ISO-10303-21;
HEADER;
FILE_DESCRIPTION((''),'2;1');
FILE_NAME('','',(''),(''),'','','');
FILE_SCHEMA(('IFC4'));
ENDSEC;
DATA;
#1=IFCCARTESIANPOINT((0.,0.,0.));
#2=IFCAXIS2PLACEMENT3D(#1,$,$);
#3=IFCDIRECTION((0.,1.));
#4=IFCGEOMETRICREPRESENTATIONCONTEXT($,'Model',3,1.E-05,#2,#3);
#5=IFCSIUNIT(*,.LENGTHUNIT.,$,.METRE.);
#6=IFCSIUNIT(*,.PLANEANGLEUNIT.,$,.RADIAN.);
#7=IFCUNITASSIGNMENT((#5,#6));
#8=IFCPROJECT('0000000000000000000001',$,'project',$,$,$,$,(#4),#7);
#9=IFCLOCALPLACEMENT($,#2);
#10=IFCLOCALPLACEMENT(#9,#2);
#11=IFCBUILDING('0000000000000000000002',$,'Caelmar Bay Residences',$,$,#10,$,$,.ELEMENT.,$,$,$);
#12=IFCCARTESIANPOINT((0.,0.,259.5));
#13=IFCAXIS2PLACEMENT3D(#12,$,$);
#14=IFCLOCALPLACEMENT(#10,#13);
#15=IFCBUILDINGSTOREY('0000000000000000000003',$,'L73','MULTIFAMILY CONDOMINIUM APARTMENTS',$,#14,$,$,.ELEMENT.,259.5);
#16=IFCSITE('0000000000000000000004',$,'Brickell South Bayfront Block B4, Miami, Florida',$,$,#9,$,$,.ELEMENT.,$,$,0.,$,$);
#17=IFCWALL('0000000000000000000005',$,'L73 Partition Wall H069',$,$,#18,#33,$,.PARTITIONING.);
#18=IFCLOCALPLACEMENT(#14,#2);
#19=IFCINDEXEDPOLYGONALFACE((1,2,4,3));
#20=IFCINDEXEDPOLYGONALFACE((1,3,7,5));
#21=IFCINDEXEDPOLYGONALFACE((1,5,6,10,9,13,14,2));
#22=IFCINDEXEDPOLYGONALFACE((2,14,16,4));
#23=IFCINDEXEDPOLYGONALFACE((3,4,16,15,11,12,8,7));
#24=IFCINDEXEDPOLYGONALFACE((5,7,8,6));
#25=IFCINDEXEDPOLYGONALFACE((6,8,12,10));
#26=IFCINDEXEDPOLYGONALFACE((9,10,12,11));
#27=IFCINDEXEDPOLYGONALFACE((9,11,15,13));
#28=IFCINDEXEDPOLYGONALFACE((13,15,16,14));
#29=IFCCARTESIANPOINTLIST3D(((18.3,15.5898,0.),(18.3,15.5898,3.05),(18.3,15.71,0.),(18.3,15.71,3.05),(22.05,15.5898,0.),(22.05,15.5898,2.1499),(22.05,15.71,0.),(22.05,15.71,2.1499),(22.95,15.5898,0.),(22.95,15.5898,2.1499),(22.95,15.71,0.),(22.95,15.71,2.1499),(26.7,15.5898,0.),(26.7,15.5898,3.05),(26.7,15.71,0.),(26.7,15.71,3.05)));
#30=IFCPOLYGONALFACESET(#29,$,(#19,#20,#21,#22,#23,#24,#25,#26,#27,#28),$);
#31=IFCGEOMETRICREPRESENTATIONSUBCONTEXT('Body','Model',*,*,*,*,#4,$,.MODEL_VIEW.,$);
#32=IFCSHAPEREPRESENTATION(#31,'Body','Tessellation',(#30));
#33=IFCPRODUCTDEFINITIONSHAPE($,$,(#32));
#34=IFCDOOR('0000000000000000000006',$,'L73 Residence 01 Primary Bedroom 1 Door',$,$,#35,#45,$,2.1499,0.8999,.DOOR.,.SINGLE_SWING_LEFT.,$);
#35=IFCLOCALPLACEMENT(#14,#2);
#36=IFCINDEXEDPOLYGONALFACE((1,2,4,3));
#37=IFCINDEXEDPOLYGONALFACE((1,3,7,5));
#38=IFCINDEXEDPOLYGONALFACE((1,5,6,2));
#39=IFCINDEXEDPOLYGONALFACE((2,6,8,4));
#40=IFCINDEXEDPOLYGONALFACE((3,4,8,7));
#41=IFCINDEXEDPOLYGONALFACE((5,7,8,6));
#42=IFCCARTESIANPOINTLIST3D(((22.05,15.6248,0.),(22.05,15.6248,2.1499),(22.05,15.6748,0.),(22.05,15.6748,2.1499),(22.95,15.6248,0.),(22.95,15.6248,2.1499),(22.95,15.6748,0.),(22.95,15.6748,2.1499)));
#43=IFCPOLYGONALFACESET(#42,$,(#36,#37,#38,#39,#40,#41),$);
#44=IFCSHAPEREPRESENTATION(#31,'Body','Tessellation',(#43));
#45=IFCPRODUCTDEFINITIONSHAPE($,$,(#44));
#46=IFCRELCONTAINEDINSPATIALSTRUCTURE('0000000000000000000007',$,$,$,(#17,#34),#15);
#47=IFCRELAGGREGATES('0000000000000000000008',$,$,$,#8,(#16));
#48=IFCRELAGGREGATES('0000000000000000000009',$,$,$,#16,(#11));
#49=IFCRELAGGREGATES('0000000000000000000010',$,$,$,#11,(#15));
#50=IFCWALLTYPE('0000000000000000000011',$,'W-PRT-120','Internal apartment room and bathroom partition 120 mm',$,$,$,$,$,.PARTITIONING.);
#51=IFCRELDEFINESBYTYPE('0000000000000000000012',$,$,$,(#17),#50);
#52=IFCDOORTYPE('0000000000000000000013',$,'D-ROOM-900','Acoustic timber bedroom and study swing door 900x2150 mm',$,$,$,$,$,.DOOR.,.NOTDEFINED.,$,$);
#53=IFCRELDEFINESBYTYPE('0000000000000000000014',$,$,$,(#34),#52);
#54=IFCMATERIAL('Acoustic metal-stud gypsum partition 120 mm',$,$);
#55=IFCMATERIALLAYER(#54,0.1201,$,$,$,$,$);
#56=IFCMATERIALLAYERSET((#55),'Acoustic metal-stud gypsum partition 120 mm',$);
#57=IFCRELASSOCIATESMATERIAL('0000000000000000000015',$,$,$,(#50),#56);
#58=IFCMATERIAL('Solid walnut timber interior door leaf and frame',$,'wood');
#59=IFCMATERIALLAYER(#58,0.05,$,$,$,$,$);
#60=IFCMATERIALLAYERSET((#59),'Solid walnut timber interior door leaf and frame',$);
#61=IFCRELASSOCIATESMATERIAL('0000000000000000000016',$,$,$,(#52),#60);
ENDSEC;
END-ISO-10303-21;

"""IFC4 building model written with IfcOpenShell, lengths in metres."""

from ifc_helpers import new_model, si_unit, direction, frame, frame_2d, origin, place, context, subcontext, project, spatial, rectangle, extrude, material, layer, layer_set, type_object, element, fill, save


model = new_model("IFC4")

# Units and contexts
model_context = context("Model", 3, precision=1e-05, world=origin(), true_north=direction((0.0, 1.0)))
body_context = subcontext(model_context, "Body", "Model", "MODEL_VIEW")
ifc_project = project(units=[si_unit("LENGTHUNIT", "METRE"), si_unit("PLANEANGLEUNIT", "RADIAN")], contexts=[model_context])

# Site, building, storey
site_placement = place(None, origin())
site = spatial("IfcSite", under=ifc_project, at=site_placement, Name="Brickell South Bayfront Block B4, Miami, Florida", CompositionType="ELEMENT", RefElevation=0.0)
building_placement = place(site_placement, origin())
building = spatial("IfcBuilding", under=site, at=building_placement, Name="Caelmar Bay Residences", CompositionType="ELEMENT")
storey_placement = place(building_placement, frame((0.0, 0.0, 259.5)))
storey = spatial("IfcBuildingStorey", under=building, at=storey_placement, Name="L73", Description="MULTIFAMILY CONDOMINIUM APARTMENTS", CompositionType="ELEMENT", Elevation=259.5)

# Shared definitions
ifc_material_1 = material(Name="Acoustic metal-stud gypsum partition 120 mm")
ifc_layer_1 = layer(ifc_material_1, 0.1201)
ifc_layer_set_1 = layer_set([ifc_layer_1], Name="Acoustic metal-stud gypsum partition 120 mm")
wall_type_1 = type_object("IfcWallType", Name="W-PRT-120", Description="Internal apartment room and bathroom partition 120 mm", PredefinedType="PARTITIONING", material=ifc_layer_set_1)

# Wall, opening, door
wall_1_placement = place(storey_placement, frame((18.3, 15.6499, 0.0), z_axis=(0.0, 0.0, 1.0), x_axis=(1.0, 0.0, 0.0)))
wall_1 = element("IfcWall", 1, at=wall_1_placement, inside=storey, type_object=wall_type_1, Name="L73 Partition Wall H069", PredefinedType="PARTITIONING", context=body_context, shape_type="SweptSolid", body=[
    extrude(rectangle(XDim=8.3999, YDim=0.1201, at=frame_2d((4.2, 0.0))), origin(), (0.0, 0.0, 1.0), 3.05),
])
opening_placement = place(wall_1_placement, frame((3.75, 0.0, 0.0)))
opening = element("IfcOpeningElement", 2, at=opening_placement, cuts=wall_1, PredefinedType="OPENING", context=body_context, shape_type="SweptSolid", body=[
    extrude(rectangle(XDim=0.8999, YDim=2.1499, at=frame_2d((0.45, 1.075))), frame((0.0, 0.0701, 0.0), z_axis=(0.0, -1.0, 0.0), x_axis=(1.0, 0.0, 0.0)), (0.0, 0.0, 1.0), 0.1401),
])
ifc_material_2 = material(Name="Solid walnut timber interior door leaf and frame", Category="wood")
ifc_layer_2 = layer(ifc_material_2, 0.05)
ifc_layer_set_2 = layer_set([ifc_layer_2], Name="Solid walnut timber interior door leaf and frame")
door_type = type_object("IfcDoorType", Name="D-ROOM-900", Description="Acoustic timber bedroom and study swing door 900x2150 mm", OperationType="NOTDEFINED", PredefinedType="DOOR", material=ifc_layer_set_2)
door_placement = place(opening_placement, origin())
door = element("IfcDoor", 3, at=door_placement, inside=storey, type_object=door_type, Name="L73 Residence 01 Primary Bedroom 1 Door", OperationType="SINGLE_SWING_LEFT", OverallHeight=2.1499, OverallWidth=0.8999, PredefinedType="DOOR", context=body_context, shape_type="SweptSolid", body=[
    extrude(rectangle(XDim=0.8999, YDim=2.1499, at=frame_2d((0.45, 1.075))), frame((0.0, 0.0249, 0.0), z_axis=(0.0, -1.0, 0.0), x_axis=(1.0, 0.0, 0.0)), (0.0, 0.0, 1.0), 0.05),
])
fill(opening, door)

save(model, "model.ifc")
